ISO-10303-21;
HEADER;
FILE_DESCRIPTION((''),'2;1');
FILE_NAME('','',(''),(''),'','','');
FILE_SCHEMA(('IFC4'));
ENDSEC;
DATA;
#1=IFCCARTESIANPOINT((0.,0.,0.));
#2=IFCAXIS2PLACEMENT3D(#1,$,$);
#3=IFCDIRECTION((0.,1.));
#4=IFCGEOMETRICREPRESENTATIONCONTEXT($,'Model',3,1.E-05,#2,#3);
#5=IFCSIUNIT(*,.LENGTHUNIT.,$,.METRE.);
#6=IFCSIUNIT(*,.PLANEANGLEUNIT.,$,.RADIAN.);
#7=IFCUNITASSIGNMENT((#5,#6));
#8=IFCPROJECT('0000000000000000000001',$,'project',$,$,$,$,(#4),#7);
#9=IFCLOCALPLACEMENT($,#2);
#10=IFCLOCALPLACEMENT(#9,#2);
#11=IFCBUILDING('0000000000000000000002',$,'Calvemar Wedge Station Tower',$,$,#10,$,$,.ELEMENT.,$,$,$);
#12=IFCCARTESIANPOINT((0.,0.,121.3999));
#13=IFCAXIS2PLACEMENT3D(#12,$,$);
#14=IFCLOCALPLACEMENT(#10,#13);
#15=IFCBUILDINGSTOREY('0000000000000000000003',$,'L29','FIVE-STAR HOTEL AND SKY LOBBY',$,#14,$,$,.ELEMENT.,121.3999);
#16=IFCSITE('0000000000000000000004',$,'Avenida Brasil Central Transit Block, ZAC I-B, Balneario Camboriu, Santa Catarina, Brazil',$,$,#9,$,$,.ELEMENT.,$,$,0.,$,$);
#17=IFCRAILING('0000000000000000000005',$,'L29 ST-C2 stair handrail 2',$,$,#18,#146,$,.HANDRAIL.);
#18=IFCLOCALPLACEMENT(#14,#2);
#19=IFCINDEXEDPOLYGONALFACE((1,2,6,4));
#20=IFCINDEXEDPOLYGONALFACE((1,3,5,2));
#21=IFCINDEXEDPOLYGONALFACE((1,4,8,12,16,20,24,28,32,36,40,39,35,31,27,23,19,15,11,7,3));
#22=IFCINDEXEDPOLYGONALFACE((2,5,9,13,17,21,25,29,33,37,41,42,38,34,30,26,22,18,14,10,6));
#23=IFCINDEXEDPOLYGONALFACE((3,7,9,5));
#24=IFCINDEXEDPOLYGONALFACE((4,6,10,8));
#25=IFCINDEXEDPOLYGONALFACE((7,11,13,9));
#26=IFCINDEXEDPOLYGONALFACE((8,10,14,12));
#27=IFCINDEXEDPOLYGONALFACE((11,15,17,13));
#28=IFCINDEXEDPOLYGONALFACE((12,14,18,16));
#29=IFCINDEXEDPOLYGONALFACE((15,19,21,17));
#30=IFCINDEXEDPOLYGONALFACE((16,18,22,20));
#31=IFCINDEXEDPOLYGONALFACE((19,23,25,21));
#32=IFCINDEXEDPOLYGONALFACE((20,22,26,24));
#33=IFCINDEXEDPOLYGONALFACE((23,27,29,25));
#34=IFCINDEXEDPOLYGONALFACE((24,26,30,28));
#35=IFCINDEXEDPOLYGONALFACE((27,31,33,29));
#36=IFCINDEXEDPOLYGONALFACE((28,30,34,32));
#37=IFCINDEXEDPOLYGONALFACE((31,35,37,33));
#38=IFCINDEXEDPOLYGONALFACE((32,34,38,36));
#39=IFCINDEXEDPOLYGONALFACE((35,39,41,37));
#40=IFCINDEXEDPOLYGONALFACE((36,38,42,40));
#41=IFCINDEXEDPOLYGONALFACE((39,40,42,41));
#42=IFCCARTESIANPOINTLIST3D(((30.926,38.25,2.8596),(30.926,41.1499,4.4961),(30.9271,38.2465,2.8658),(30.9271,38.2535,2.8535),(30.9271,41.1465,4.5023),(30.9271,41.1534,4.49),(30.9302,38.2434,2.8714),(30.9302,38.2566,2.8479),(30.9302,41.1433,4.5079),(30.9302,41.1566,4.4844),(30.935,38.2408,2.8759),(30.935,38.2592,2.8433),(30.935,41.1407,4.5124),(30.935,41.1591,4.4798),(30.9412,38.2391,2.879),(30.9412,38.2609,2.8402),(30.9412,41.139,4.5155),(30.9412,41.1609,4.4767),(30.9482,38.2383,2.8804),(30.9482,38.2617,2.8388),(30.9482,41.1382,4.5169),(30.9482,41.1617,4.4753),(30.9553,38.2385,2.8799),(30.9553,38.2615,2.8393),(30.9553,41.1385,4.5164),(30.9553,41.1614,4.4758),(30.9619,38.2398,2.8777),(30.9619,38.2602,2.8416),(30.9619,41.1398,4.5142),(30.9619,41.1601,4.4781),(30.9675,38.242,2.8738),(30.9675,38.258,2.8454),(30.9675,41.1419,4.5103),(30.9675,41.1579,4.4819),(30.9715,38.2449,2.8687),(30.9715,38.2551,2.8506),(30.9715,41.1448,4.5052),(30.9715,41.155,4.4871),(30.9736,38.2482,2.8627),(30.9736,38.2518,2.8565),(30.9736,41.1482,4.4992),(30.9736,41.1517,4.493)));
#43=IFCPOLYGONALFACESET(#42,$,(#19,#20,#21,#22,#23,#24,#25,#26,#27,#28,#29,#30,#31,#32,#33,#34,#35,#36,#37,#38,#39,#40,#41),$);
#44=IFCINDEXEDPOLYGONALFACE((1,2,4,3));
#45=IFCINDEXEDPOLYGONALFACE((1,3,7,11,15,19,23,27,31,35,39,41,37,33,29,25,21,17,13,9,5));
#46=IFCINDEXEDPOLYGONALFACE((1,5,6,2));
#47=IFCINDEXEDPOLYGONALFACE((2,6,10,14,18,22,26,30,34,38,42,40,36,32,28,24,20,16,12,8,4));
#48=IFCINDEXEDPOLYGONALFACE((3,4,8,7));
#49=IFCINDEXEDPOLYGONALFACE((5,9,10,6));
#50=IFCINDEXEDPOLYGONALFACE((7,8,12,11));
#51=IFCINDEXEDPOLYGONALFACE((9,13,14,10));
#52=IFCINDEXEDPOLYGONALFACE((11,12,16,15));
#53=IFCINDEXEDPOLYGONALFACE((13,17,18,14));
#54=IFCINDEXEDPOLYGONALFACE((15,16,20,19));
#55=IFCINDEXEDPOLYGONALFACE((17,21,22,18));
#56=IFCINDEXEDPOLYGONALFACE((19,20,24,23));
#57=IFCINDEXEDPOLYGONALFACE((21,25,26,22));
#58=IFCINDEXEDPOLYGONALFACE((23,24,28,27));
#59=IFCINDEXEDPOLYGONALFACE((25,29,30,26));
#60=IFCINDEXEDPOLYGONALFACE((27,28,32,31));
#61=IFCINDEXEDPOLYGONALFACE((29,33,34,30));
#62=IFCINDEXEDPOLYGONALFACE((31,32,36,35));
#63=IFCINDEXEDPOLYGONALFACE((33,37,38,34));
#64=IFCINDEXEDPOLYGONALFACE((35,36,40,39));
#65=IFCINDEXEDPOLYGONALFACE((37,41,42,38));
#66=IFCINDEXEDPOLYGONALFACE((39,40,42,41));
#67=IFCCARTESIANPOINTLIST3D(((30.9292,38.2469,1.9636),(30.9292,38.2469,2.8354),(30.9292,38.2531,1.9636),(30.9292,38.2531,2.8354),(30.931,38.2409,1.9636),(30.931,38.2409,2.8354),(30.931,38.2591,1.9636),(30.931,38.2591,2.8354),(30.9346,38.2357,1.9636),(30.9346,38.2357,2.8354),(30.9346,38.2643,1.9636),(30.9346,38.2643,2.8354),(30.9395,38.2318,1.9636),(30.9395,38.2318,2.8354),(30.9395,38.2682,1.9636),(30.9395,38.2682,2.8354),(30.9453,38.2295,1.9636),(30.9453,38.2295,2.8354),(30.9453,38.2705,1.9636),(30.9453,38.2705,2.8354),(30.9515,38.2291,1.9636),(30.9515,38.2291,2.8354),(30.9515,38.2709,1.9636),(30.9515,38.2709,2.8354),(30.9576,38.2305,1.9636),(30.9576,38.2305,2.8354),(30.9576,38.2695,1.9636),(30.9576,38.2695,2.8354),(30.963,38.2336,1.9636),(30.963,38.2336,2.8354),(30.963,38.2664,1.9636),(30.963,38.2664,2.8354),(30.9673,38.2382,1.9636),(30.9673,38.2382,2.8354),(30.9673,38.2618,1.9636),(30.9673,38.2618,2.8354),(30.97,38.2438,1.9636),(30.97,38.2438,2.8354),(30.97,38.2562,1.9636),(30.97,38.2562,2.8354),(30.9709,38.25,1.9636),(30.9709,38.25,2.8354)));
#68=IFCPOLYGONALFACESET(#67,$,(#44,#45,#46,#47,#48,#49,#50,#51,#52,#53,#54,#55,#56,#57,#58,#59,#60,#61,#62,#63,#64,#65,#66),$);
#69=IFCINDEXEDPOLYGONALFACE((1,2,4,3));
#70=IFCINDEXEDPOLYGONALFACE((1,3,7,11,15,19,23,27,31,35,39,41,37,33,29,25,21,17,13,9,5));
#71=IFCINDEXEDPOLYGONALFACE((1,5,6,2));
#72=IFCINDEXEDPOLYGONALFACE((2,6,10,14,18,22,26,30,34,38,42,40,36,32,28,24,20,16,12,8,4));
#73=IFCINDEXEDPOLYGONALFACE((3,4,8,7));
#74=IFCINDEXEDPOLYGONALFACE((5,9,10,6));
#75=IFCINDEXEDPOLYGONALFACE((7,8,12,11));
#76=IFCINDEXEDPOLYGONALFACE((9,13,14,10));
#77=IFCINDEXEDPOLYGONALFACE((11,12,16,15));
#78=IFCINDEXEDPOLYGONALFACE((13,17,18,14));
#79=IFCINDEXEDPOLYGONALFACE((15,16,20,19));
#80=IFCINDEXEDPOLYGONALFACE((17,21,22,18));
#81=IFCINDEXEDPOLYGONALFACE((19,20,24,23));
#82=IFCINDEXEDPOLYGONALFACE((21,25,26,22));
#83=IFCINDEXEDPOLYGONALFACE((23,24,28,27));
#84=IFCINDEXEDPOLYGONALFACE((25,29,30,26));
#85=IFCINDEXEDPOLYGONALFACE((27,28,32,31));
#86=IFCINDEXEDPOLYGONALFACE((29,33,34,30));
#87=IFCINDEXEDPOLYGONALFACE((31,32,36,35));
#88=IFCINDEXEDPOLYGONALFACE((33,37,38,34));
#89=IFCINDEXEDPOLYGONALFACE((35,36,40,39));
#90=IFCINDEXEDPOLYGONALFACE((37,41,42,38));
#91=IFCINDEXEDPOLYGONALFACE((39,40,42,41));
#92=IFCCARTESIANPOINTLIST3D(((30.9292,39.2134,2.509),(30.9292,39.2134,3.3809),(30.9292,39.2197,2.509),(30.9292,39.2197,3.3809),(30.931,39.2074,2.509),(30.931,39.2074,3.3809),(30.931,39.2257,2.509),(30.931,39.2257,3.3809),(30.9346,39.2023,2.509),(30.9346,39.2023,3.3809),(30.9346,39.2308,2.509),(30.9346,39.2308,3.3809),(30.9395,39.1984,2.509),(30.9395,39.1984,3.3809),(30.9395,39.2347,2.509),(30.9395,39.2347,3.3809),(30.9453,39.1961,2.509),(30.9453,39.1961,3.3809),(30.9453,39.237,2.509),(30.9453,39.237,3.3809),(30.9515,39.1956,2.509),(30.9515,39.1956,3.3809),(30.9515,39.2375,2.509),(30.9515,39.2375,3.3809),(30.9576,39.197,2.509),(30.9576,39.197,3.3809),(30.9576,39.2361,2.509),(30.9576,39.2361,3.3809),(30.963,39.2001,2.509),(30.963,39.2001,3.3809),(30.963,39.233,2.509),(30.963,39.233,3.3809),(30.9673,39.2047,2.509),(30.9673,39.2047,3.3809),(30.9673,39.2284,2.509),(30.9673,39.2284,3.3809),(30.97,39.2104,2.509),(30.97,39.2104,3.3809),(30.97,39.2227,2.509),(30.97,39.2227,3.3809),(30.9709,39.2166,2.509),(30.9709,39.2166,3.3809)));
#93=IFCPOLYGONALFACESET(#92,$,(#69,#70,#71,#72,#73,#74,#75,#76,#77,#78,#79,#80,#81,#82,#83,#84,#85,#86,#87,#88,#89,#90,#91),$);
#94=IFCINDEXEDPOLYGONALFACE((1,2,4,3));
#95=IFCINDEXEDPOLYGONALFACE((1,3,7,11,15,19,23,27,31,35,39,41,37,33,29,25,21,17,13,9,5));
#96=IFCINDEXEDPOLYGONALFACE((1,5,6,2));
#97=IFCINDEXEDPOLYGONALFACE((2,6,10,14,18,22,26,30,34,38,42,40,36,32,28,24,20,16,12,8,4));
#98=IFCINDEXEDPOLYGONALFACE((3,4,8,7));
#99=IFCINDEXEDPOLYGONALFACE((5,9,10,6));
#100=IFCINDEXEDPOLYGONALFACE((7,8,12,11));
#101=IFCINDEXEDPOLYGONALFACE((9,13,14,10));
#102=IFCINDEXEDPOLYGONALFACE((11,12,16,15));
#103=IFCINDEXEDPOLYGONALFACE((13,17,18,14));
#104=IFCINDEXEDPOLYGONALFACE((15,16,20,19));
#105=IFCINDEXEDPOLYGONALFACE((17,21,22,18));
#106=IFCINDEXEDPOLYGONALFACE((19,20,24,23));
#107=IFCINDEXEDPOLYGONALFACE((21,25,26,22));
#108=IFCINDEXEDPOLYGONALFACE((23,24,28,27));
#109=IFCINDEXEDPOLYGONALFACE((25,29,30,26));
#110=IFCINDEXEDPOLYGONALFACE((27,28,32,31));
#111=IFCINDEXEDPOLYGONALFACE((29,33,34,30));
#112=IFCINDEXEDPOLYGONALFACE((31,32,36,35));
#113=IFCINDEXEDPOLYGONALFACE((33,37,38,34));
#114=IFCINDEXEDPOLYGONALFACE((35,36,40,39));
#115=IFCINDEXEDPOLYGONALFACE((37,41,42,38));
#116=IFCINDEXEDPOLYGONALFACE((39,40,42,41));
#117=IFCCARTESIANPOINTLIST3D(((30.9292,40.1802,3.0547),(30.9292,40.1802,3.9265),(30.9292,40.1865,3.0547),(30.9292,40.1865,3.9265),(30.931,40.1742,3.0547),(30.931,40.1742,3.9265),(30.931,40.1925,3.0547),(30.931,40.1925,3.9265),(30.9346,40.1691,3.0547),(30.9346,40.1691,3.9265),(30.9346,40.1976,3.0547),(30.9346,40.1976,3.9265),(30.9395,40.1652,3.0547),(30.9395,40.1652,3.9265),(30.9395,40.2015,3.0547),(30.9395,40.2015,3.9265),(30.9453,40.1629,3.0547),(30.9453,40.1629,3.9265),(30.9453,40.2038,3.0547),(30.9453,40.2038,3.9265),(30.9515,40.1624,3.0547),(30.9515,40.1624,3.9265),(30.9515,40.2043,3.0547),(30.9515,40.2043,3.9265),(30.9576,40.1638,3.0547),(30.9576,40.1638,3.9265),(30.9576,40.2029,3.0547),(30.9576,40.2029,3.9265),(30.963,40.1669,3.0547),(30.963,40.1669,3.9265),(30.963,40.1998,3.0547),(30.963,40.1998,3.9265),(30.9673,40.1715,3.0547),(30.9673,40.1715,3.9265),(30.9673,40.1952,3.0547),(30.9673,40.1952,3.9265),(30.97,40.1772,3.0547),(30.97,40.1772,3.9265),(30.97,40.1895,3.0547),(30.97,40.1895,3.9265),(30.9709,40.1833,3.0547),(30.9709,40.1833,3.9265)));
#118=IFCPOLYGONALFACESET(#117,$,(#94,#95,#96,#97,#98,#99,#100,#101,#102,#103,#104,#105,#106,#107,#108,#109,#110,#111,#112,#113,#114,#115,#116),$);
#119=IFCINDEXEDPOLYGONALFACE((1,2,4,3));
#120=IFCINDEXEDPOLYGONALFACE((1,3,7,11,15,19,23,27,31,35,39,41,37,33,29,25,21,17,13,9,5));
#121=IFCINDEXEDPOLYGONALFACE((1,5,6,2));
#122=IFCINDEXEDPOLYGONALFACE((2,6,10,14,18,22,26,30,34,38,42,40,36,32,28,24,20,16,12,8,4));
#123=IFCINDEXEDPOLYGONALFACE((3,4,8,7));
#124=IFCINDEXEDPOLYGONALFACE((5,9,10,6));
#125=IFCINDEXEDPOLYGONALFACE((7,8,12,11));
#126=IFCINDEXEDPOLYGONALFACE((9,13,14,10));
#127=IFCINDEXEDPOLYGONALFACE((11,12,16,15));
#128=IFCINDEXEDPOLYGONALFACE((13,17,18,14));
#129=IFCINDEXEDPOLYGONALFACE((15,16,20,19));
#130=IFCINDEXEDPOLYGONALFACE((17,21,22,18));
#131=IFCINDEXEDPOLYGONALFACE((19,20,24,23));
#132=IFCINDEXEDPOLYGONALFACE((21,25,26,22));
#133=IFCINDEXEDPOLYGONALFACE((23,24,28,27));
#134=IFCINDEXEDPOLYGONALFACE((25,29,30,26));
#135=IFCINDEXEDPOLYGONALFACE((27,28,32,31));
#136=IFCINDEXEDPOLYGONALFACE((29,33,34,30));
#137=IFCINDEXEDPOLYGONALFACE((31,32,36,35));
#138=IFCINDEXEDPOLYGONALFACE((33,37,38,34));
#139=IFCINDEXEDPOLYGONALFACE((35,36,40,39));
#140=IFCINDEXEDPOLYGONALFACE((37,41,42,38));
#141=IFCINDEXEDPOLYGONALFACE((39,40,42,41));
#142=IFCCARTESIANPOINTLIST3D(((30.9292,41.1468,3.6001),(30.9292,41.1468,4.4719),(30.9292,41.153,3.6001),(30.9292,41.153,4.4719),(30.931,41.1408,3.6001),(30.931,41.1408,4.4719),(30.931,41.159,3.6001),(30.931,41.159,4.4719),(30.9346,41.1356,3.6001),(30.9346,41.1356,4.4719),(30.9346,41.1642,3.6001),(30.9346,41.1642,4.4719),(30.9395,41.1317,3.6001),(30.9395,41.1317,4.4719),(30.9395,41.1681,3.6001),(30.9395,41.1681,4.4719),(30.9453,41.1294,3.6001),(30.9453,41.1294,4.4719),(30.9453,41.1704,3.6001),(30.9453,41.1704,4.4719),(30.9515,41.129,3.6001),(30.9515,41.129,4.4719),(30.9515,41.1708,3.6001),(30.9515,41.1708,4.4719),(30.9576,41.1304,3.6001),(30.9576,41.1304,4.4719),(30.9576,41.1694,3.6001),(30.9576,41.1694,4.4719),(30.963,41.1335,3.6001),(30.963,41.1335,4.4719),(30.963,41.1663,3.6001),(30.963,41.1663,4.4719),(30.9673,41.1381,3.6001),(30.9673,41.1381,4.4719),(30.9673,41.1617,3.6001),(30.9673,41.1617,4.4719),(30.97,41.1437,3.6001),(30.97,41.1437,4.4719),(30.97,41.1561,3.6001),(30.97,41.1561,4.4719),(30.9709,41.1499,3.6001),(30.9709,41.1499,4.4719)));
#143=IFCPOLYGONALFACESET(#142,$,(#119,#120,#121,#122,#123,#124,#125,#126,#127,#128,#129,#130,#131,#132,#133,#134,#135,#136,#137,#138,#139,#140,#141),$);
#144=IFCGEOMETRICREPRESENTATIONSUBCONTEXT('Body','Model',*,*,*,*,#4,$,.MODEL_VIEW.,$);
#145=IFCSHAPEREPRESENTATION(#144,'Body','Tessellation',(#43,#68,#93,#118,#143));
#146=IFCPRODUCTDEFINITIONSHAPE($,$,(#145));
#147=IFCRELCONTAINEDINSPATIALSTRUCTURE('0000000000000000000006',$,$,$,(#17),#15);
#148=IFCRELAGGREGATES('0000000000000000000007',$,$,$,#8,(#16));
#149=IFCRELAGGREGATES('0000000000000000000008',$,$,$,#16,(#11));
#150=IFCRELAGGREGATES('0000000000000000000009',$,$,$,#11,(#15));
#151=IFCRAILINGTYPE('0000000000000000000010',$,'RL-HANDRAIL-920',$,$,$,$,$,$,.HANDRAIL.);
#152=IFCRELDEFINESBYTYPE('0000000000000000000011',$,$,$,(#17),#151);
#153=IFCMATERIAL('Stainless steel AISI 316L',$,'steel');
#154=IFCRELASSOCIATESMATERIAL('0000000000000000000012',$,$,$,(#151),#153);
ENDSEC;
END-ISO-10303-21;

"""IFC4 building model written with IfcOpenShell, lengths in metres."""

from ifc_helpers import new_model, si_unit, direction, frame, origin, origin_2d, place, context, subcontext, project, spatial, circle, extrude, material, type_object, element, save


model = new_model("IFC4")

# Units and contexts
model_context = context("Model", 3, precision=1e-05, world=origin(), true_north=direction((0.0, 1.0)))
body_context = subcontext(model_context, "Body", "Model", "MODEL_VIEW")
ifc_project = project(units=[si_unit("LENGTHUNIT", "METRE"), si_unit("PLANEANGLEUNIT", "RADIAN")], contexts=[model_context])

# Site, building, storey
site_placement = place(None, origin())
site = spatial("IfcSite", under=ifc_project, at=site_placement, Name="Avenida Brasil Central Transit Block, ZAC I-B, Balneario Camboriu, Santa Catarina, Brazil", CompositionType="ELEMENT", RefElevation=0.0)
building_placement = place(site_placement, origin())
building = spatial("IfcBuilding", under=site, at=building_placement, Name="Calvemar Wedge Station Tower", CompositionType="ELEMENT")
storey_placement = place(building_placement, frame((0.0, 0.0, 121.3999)))
storey = spatial("IfcBuildingStorey", under=building, at=storey_placement, Name="L29", Description="FIVE-STAR HOTEL AND SKY LOBBY", CompositionType="ELEMENT", Elevation=121.3999)

# Railing
ifc_material_1 = material(Name="Stainless steel AISI 316L", Category="steel")
railing_type_1 = type_object("IfcRailingType", Name="RL-HANDRAIL-920", PredefinedType="HANDRAIL", material=ifc_material_1)
railing_1_placement = place(storey_placement, frame((30.95, 38.25, 1.9636)))
element("IfcRailing", 1, at=railing_1_placement, inside=storey, type_object=railing_type_1, Name="L29 ST-C2 stair handrail 2", PredefinedType="HANDRAIL", context=body_context, shape_type="SweptSolid", body=[
    extrude(circle(Radius=0.0239, at=origin_2d()), frame((0.0, 0.0, 0.896), z_axis=(0.0, 0.870897, 0.491465), x_axis=(-1.0, 0.0, 0.0)), (0.0, 0.0, 1.0), 3.3298),
    extrude(circle(Radius=0.021, at=origin_2d()), origin(), (0.0, 0.0, 1.0), 0.8718),
    extrude(circle(Radius=0.021, at=origin_2d()), frame((0.0, 0.9666, 0.5454)), (0.0, 0.0, 1.0), 0.8718),
    extrude(circle(Radius=0.021, at=origin_2d()), frame((0.0, 1.9333, 1.0911)), (0.0, 0.0, 1.0), 0.8718),
    extrude(circle(Radius=0.021, at=origin_2d()), frame((0.0, 2.8999, 1.6365)), (0.0, 0.0, 1.0), 0.8718),
])

save(model, "model.ifc")
